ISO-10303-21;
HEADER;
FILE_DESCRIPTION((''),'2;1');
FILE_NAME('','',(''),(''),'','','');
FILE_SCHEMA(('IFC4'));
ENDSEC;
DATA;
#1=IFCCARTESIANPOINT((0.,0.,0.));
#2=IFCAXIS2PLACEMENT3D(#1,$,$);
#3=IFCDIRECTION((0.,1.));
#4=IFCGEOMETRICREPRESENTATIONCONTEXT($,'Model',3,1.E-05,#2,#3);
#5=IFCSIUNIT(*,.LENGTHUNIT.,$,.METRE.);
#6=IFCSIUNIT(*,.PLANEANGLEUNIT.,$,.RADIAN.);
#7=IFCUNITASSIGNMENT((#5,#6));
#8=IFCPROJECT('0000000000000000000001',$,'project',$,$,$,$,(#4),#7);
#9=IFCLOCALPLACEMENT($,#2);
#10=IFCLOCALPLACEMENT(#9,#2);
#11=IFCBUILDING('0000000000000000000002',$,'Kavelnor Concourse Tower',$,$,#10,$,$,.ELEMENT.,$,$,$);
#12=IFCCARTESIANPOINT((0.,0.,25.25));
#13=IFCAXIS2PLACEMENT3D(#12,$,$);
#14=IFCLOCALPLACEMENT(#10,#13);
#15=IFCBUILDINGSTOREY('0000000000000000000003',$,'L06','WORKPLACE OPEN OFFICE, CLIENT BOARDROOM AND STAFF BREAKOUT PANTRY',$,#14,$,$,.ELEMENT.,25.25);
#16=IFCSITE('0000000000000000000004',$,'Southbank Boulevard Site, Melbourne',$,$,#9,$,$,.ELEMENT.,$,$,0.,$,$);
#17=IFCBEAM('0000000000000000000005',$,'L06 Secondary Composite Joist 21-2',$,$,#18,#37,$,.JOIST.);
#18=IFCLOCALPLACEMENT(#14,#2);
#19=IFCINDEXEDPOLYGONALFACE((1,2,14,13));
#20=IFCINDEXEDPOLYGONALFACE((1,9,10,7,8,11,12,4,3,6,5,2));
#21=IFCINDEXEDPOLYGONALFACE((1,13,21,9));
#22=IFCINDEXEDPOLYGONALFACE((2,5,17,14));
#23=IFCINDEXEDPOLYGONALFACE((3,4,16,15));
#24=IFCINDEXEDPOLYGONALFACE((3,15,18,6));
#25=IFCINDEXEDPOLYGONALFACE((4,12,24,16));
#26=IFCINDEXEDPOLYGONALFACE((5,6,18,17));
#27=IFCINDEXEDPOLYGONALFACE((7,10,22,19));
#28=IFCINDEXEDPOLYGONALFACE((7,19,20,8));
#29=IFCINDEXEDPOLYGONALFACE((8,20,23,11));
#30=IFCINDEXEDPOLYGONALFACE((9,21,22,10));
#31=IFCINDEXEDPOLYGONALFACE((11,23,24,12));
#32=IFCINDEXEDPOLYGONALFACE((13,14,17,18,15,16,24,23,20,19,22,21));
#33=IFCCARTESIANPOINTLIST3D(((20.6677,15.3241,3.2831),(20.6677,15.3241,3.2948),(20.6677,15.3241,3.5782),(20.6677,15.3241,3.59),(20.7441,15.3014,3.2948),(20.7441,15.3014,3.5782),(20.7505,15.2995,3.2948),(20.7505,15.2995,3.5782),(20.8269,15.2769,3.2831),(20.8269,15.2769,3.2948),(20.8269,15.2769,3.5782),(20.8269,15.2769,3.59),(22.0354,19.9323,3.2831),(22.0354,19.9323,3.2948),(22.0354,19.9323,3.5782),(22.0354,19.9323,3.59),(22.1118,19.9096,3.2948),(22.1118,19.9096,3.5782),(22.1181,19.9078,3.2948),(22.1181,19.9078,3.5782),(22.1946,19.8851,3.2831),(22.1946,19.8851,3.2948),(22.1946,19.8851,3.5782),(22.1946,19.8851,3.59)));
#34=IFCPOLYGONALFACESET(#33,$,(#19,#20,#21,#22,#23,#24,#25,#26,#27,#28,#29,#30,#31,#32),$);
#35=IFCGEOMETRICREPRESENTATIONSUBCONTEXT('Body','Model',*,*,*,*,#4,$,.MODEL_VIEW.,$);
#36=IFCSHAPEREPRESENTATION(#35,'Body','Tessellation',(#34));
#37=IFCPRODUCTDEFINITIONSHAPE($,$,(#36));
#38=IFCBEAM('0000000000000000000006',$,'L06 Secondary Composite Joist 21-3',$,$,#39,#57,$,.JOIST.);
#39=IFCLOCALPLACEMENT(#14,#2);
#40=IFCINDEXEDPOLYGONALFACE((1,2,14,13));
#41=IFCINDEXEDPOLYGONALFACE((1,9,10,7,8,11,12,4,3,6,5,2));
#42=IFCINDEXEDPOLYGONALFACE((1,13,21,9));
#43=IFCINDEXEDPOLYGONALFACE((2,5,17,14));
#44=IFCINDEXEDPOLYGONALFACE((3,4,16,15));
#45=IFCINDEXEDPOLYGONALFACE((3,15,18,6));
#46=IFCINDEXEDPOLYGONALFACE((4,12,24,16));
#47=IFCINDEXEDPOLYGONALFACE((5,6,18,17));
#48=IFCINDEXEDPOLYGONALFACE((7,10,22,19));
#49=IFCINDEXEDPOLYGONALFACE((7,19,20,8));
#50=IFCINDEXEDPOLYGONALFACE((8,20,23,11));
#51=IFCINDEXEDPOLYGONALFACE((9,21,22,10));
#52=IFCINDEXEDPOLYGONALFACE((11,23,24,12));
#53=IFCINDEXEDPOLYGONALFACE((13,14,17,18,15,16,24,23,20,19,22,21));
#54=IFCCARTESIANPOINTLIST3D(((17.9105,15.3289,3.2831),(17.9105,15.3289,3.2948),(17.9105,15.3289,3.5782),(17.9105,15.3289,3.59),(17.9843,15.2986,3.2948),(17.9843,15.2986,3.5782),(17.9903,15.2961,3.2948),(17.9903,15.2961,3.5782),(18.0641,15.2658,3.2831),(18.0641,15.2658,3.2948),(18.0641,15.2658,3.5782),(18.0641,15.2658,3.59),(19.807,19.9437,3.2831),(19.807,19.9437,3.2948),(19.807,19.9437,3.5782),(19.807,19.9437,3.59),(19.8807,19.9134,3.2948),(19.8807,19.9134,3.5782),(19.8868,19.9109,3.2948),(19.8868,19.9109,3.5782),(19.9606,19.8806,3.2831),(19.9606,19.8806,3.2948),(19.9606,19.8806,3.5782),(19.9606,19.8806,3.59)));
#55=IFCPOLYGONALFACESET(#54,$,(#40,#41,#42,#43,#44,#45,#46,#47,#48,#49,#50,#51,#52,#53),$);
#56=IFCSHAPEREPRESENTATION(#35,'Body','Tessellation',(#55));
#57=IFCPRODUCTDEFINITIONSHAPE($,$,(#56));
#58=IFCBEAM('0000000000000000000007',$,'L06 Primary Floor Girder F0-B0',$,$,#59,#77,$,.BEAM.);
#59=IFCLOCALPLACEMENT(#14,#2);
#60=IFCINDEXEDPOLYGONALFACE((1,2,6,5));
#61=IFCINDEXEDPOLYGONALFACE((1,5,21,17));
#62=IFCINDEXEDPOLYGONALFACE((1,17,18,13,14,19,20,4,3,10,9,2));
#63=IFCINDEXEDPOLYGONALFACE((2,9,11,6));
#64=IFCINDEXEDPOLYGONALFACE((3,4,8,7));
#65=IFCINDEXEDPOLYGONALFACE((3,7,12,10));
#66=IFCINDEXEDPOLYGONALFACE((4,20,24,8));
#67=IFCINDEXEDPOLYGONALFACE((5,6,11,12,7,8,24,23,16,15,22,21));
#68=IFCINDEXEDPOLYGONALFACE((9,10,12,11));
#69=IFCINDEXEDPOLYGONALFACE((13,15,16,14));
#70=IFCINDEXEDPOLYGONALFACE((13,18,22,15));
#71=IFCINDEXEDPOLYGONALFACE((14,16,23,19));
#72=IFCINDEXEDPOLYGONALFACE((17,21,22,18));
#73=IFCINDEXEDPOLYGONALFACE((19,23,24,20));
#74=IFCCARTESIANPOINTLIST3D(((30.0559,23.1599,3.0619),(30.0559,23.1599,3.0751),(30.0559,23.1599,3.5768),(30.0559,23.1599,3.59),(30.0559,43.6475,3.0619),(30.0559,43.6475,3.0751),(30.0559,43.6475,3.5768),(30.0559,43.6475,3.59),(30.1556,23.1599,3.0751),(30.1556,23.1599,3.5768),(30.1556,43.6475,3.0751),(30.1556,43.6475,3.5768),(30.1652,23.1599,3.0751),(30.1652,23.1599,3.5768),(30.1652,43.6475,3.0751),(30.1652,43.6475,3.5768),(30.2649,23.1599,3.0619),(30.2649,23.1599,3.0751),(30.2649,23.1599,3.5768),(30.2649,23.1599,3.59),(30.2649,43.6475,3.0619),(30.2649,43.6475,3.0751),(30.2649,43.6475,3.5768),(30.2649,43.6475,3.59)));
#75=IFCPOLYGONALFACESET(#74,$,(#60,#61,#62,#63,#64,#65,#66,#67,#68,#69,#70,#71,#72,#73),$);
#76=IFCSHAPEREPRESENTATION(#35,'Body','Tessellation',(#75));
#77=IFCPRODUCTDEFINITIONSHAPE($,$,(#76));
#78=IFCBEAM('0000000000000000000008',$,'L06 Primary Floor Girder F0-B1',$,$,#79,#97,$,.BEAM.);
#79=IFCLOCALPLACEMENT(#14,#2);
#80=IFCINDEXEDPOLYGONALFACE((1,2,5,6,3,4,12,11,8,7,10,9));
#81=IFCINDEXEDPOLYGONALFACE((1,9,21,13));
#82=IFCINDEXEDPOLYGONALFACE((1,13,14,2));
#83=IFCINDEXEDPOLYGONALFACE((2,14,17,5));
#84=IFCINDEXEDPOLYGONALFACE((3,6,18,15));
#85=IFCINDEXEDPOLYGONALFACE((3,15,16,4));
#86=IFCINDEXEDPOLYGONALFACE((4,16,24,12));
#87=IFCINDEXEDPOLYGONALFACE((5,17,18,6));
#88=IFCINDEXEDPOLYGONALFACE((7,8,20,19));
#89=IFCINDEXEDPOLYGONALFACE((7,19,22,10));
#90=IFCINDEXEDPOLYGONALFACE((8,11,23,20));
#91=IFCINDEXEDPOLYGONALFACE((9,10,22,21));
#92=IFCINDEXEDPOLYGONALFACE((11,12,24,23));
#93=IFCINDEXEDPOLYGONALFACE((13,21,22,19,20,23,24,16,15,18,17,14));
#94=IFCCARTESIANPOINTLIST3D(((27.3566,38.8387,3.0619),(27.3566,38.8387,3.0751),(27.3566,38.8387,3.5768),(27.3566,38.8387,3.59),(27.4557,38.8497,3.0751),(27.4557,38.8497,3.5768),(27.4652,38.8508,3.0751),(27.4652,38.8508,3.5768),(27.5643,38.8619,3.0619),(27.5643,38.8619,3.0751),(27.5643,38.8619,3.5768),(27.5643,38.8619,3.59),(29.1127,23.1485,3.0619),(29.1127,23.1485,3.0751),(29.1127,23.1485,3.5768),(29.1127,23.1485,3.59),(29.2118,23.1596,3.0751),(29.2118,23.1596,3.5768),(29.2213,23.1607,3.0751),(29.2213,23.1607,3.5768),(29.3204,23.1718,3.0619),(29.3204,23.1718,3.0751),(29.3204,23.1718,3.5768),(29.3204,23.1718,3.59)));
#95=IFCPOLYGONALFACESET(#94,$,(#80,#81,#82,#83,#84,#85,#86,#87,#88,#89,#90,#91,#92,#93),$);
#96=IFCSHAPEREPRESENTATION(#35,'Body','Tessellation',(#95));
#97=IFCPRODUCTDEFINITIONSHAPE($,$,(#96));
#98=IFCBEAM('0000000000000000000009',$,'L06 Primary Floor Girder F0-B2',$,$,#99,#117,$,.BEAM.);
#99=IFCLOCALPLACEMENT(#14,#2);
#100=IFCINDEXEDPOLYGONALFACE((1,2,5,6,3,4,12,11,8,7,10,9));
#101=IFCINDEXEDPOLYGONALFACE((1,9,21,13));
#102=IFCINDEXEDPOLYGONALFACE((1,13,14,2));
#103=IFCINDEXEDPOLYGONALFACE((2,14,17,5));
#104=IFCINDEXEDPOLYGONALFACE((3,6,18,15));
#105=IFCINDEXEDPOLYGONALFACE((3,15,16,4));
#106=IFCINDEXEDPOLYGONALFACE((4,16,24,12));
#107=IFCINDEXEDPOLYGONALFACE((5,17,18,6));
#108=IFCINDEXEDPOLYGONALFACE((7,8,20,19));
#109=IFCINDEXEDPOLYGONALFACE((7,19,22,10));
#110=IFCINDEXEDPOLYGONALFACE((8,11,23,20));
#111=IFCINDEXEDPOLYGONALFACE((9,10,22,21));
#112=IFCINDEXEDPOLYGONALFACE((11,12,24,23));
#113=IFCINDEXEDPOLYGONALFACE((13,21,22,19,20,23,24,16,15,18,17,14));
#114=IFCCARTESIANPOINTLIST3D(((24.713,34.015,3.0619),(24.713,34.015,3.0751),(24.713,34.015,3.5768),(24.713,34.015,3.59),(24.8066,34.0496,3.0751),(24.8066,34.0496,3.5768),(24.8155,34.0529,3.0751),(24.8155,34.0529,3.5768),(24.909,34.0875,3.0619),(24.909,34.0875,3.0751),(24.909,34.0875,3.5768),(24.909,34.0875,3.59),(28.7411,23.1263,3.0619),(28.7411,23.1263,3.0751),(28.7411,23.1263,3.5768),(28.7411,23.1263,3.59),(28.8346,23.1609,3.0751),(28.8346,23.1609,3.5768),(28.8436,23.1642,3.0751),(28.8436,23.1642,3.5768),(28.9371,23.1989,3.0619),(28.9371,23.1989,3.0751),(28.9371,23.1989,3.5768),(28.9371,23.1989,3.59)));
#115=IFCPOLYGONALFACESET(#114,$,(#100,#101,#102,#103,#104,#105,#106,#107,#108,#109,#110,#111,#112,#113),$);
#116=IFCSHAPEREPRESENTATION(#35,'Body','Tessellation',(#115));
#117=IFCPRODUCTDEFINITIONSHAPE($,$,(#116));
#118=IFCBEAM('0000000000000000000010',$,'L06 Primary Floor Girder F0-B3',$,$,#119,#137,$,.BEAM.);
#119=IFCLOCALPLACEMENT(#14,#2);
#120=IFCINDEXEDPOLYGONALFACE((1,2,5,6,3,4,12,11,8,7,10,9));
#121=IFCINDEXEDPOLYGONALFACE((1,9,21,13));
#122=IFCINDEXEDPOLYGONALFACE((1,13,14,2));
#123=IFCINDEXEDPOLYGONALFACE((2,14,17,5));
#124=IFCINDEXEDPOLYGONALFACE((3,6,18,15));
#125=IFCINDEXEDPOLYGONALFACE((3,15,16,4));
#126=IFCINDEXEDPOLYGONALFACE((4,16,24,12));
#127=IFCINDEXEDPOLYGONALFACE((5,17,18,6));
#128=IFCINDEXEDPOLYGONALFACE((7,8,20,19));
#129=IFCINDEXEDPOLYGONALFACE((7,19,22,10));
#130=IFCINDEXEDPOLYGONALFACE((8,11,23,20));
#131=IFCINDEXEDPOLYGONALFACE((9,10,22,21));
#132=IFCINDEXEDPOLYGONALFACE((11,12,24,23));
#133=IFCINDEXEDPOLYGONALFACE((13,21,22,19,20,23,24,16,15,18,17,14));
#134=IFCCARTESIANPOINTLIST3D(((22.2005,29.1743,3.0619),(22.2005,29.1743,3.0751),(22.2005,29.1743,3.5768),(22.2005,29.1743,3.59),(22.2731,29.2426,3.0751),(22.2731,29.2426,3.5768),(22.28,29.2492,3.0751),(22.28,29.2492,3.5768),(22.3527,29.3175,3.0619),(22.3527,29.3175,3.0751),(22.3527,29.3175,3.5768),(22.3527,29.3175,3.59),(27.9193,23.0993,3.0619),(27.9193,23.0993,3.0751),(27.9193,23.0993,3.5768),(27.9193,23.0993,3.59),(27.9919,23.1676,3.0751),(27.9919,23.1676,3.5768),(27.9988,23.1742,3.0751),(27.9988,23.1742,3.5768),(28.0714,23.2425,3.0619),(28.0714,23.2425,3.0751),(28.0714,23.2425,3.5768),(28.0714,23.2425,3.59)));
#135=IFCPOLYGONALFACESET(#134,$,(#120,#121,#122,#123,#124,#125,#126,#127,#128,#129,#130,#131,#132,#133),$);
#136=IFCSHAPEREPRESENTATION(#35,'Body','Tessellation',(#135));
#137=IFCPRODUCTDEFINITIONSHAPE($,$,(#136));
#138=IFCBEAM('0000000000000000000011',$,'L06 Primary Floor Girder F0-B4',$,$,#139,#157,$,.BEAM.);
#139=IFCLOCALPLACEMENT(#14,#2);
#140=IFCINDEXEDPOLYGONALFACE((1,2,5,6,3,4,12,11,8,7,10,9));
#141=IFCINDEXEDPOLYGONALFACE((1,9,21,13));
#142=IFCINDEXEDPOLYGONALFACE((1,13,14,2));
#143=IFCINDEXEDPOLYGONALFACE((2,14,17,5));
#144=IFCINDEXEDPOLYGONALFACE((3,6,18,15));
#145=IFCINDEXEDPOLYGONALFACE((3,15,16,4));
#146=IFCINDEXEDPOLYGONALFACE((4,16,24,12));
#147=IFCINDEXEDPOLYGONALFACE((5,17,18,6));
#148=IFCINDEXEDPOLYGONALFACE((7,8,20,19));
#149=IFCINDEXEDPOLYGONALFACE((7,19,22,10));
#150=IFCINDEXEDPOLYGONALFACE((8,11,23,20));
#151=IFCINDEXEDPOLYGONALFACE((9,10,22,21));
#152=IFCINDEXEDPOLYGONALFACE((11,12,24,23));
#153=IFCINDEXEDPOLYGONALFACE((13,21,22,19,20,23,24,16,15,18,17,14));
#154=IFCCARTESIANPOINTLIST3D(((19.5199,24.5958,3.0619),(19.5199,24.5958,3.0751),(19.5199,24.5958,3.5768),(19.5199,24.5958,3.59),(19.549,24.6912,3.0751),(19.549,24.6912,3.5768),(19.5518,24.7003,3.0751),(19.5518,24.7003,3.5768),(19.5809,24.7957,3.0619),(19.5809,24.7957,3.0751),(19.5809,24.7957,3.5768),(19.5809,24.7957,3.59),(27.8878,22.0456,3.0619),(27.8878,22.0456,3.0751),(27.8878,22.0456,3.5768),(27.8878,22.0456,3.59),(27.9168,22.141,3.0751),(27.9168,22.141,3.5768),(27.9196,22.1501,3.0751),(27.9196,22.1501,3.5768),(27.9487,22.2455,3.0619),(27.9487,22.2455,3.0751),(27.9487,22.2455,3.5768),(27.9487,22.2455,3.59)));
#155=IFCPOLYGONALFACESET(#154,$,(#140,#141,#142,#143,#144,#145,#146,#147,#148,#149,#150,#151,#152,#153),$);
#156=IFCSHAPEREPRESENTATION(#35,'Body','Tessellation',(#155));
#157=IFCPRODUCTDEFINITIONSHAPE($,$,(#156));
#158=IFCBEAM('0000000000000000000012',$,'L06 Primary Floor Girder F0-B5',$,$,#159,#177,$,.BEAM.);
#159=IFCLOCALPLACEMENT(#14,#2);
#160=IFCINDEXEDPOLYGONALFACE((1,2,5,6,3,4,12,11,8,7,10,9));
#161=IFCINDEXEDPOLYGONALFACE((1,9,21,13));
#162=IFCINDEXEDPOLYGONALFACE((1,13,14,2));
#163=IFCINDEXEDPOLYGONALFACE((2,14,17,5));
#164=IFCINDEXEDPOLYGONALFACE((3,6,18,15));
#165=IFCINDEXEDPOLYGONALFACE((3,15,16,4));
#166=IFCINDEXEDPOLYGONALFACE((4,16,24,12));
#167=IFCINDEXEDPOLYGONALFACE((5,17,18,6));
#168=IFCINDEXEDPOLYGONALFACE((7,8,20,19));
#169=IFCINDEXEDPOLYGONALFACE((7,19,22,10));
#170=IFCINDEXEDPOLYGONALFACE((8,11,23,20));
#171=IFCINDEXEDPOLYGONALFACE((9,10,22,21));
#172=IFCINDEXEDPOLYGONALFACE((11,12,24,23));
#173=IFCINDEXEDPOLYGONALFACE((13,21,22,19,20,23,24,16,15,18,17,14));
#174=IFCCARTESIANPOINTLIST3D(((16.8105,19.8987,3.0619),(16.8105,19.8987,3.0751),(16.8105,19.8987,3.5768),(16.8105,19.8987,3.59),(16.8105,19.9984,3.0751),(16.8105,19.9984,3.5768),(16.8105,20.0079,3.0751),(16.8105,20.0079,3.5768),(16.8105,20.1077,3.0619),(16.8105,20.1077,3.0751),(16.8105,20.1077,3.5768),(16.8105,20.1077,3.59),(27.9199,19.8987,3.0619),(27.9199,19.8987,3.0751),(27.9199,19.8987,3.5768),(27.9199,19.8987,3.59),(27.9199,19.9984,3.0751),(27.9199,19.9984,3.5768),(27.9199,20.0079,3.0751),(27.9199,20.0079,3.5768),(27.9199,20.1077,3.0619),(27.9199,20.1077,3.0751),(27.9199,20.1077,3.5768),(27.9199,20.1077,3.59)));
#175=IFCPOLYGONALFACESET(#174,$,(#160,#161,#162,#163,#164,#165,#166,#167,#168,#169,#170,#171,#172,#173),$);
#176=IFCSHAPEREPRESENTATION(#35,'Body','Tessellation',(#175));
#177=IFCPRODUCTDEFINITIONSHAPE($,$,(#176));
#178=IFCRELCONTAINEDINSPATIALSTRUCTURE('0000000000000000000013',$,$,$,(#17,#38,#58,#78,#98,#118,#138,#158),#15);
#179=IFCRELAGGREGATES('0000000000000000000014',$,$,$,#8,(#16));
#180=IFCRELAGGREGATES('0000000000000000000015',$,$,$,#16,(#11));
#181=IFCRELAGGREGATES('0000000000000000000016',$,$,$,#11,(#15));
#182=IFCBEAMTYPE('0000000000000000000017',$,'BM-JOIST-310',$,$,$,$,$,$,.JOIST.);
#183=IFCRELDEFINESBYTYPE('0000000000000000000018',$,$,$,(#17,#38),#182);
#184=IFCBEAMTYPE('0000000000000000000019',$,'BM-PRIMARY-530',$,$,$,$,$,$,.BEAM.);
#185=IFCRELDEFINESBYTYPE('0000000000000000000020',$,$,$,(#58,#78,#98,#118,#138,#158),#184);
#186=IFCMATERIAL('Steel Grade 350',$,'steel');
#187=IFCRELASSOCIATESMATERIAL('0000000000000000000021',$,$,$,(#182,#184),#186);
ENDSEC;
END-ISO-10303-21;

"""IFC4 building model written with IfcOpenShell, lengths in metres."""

from ifc_helpers import new_model, si_unit, direction, frame, origin, origin_2d, place, context, subcontext, project, spatial, i_section, extrude, material, material_profile, profile_set, type_object, element, save


model = new_model("IFC4")

# Units and contexts
model_context = context("Model", 3, precision=1e-05, world=origin(), true_north=direction((0.0, 1.0)))
body_context = subcontext(model_context, "Body", "Model", "MODEL_VIEW")
ifc_project = project(units=[si_unit("LENGTHUNIT", "METRE"), si_unit("PLANEANGLEUNIT", "RADIAN")], contexts=[model_context])

# Site, building, storey
site_placement = place(None, origin())
site = spatial("IfcSite", under=ifc_project, at=site_placement, Name="Southbank Boulevard Site, Melbourne", CompositionType="ELEMENT", RefElevation=0.0)
building_placement = place(site_placement, origin())
building = spatial("IfcBuilding", under=site, at=building_placement, Name="Kavelnor Concourse Tower", CompositionType="ELEMENT")
storey_placement = place(building_placement, frame((0.0, 0.0, 25.25)))
storey = spatial("IfcBuildingStorey", under=building, at=storey_placement, Name="L06", Description="WORKPLACE OPEN OFFICE, CLIENT BOARDROOM AND STAFF BREAKOUT PANTRY", CompositionType="ELEMENT", Elevation=25.25)

# Shared definitions
ifc_material_1 = material(Name="Steel Grade 350", Category="steel")

# Beams
ifc_material_profile_1 = material_profile(ifc_material_1, i_section(OverallWidth=0.166, OverallDepth=0.3069, WebThickness=0.0066, FlangeThickness=0.0117, at=origin_2d()), Name="310UB46")
ifc_profile_set_1 = profile_set([ifc_material_profile_1], Name="Steel Grade 350")
beam_type_1 = type_object("IfcBeamType", Name="BM-JOIST-310", PredefinedType="JOIST", material=ifc_profile_set_1)
beam_1_placement = place(storey_placement, frame((22.115, 19.9087, 3.4365), z_axis=(-0.284528, -0.958668, 0.0), x_axis=(0.958668, -0.284528, 0.0)))
element("IfcBeam", 1, at=beam_1_placement, inside=storey, type_object=beam_type_1, Name="L06 Secondary Composite Joist 21-2", PredefinedType="JOIST", context=body_context, shape_type="SweptSolid", body=[
    extrude(i_section(OverallWidth=0.166, OverallDepth=0.3069, WebThickness=0.0066, FlangeThickness=0.0117, at=origin_2d()), origin(), (0.0, 0.0, 1.0), 4.8069),
])
beam_2_placement = place(storey_placement, frame((19.8838, 19.9121, 3.4365), z_axis=(-0.380115, -0.924939, 0.0), x_axis=(0.924939, -0.380115, 0.0)))
element("IfcBeam", 2, at=beam_2_placement, inside=storey, type_object=beam_type_1, Name="L06 Secondary Composite Joist 21-3", PredefinedType="JOIST", context=body_context, shape_type="SweptSolid", body=[
    extrude(i_section(OverallWidth=0.166, OverallDepth=0.3069, WebThickness=0.0066, FlangeThickness=0.0117, at=origin_2d()), origin(), (0.0, 0.0, 1.0), 4.9893),
])
ifc_material_profile_2 = material_profile(ifc_material_1, i_section(OverallWidth=0.209, OverallDepth=0.5281, WebThickness=0.0095, FlangeThickness=0.0132, at=origin_2d()), Name="530UB82")
ifc_profile_set_2 = profile_set([ifc_material_profile_2], Name="Steel Grade 350")
beam_type_2 = type_object("IfcBeamType", Name="BM-PRIMARY-530", PredefinedType="BEAM", material=ifc_profile_set_2)
beam_3_placement = place(storey_placement, frame((30.1604, 23.1599, 3.3259), z_axis=(0.0, 1.0, 0.0), x_axis=(-1.0, 0.0, 0.0)))
element("IfcBeam", 3, at=beam_3_placement, inside=storey, type_object=beam_type_2, Name="L06 Primary Floor Girder F0-B0", PredefinedType="BEAM", context=body_context, shape_type="SweptSolid", body=[
    extrude(i_section(OverallWidth=0.209, OverallDepth=0.5281, WebThickness=0.0095, FlangeThickness=0.0132, at=origin_2d()), origin(), (0.0, 0.0, 1.0), 20.4875),
])
beam_4_placement = place(storey_placement, frame((29.2166, 23.1602, 3.3259), z_axis=(-0.111229, 0.993795, 0.0), x_axis=(-0.993795, -0.111229, 0.0)))
element("IfcBeam", 4, at=beam_4_placement, inside=storey, type_object=beam_type_2, Name="L06 Primary Floor Girder F0-B1", PredefinedType="BEAM", context=body_context, shape_type="SweptSolid", body=[
    extrude(i_section(OverallWidth=0.209, OverallDepth=0.5281, WebThickness=0.0095, FlangeThickness=0.0132, at=origin_2d()), origin(), (0.0, 0.0, 1.0), 15.7881),
])
beam_5_placement = place(storey_placement, frame((28.8391, 23.1626, 3.3259), z_axis=(-0.346953, 0.937882, 0.0), x_axis=(-0.937882, -0.346953, 0.0)))
element("IfcBeam", 5, at=beam_5_placement, inside=storey, type_object=beam_type_2, Name="L06 Primary Floor Girder F0-B2", PredefinedType="BEAM", context=body_context, shape_type="SweptSolid", body=[
    extrude(i_section(OverallWidth=0.209, OverallDepth=0.5281, WebThickness=0.0095, FlangeThickness=0.0132, at=origin_2d()), origin(), (0.0, 0.0, 1.0), 11.6099),
])
beam_6_placement = place(storey_placement, frame((27.9954, 23.1709, 3.3259), z_axis=(-0.685438, 0.728131, 0.0), x_axis=(-0.728131, -0.685438, 0.0)))
element("IfcBeam", 6, at=beam_6_placement, inside=storey, type_object=beam_type_2, Name="L06 Primary Floor Girder F0-B3", PredefinedType="BEAM", context=body_context, shape_type="SweptSolid", body=[
    extrude(i_section(OverallWidth=0.209, OverallDepth=0.5281, WebThickness=0.0095, FlangeThickness=0.0132, at=origin_2d()), origin(), (0.0, 0.0, 1.0), 8.3433),
])
beam_7_placement = place(storey_placement, frame((27.9182, 22.1455, 3.3259), z_axis=(-0.956561, 0.291531, 0.0), x_axis=(-0.291531, -0.956561, 0.0)))
element("IfcBeam", 7, at=beam_7_placement, inside=storey, type_object=beam_type_2, Name="L06 Primary Floor Girder F0-B4", PredefinedType="BEAM", context=body_context, shape_type="SweptSolid", body=[
    extrude(i_section(OverallWidth=0.209, OverallDepth=0.5281, WebThickness=0.0095, FlangeThickness=0.0132, at=origin_2d()), origin(), (0.0, 0.0, 1.0), 8.7478),
])
beam_8_placement = place(storey_placement, frame((27.9199, 20.0032, 3.3259), z_axis=(-1.0, 0.0, 0.0), x_axis=(0.0, -1.0, 0.0)))
element("IfcBeam", 8, at=beam_8_placement, inside=storey, type_object=beam_type_2, Name="L06 Primary Floor Girder F0-B5", PredefinedType="BEAM", context=body_context, shape_type="SweptSolid", body=[
    extrude(i_section(OverallWidth=0.209, OverallDepth=0.5281, WebThickness=0.0095, FlangeThickness=0.0132, at=origin_2d()), origin(), (0.0, 0.0, 1.0), 11.1094),
])

save(model, "model.ifc")
